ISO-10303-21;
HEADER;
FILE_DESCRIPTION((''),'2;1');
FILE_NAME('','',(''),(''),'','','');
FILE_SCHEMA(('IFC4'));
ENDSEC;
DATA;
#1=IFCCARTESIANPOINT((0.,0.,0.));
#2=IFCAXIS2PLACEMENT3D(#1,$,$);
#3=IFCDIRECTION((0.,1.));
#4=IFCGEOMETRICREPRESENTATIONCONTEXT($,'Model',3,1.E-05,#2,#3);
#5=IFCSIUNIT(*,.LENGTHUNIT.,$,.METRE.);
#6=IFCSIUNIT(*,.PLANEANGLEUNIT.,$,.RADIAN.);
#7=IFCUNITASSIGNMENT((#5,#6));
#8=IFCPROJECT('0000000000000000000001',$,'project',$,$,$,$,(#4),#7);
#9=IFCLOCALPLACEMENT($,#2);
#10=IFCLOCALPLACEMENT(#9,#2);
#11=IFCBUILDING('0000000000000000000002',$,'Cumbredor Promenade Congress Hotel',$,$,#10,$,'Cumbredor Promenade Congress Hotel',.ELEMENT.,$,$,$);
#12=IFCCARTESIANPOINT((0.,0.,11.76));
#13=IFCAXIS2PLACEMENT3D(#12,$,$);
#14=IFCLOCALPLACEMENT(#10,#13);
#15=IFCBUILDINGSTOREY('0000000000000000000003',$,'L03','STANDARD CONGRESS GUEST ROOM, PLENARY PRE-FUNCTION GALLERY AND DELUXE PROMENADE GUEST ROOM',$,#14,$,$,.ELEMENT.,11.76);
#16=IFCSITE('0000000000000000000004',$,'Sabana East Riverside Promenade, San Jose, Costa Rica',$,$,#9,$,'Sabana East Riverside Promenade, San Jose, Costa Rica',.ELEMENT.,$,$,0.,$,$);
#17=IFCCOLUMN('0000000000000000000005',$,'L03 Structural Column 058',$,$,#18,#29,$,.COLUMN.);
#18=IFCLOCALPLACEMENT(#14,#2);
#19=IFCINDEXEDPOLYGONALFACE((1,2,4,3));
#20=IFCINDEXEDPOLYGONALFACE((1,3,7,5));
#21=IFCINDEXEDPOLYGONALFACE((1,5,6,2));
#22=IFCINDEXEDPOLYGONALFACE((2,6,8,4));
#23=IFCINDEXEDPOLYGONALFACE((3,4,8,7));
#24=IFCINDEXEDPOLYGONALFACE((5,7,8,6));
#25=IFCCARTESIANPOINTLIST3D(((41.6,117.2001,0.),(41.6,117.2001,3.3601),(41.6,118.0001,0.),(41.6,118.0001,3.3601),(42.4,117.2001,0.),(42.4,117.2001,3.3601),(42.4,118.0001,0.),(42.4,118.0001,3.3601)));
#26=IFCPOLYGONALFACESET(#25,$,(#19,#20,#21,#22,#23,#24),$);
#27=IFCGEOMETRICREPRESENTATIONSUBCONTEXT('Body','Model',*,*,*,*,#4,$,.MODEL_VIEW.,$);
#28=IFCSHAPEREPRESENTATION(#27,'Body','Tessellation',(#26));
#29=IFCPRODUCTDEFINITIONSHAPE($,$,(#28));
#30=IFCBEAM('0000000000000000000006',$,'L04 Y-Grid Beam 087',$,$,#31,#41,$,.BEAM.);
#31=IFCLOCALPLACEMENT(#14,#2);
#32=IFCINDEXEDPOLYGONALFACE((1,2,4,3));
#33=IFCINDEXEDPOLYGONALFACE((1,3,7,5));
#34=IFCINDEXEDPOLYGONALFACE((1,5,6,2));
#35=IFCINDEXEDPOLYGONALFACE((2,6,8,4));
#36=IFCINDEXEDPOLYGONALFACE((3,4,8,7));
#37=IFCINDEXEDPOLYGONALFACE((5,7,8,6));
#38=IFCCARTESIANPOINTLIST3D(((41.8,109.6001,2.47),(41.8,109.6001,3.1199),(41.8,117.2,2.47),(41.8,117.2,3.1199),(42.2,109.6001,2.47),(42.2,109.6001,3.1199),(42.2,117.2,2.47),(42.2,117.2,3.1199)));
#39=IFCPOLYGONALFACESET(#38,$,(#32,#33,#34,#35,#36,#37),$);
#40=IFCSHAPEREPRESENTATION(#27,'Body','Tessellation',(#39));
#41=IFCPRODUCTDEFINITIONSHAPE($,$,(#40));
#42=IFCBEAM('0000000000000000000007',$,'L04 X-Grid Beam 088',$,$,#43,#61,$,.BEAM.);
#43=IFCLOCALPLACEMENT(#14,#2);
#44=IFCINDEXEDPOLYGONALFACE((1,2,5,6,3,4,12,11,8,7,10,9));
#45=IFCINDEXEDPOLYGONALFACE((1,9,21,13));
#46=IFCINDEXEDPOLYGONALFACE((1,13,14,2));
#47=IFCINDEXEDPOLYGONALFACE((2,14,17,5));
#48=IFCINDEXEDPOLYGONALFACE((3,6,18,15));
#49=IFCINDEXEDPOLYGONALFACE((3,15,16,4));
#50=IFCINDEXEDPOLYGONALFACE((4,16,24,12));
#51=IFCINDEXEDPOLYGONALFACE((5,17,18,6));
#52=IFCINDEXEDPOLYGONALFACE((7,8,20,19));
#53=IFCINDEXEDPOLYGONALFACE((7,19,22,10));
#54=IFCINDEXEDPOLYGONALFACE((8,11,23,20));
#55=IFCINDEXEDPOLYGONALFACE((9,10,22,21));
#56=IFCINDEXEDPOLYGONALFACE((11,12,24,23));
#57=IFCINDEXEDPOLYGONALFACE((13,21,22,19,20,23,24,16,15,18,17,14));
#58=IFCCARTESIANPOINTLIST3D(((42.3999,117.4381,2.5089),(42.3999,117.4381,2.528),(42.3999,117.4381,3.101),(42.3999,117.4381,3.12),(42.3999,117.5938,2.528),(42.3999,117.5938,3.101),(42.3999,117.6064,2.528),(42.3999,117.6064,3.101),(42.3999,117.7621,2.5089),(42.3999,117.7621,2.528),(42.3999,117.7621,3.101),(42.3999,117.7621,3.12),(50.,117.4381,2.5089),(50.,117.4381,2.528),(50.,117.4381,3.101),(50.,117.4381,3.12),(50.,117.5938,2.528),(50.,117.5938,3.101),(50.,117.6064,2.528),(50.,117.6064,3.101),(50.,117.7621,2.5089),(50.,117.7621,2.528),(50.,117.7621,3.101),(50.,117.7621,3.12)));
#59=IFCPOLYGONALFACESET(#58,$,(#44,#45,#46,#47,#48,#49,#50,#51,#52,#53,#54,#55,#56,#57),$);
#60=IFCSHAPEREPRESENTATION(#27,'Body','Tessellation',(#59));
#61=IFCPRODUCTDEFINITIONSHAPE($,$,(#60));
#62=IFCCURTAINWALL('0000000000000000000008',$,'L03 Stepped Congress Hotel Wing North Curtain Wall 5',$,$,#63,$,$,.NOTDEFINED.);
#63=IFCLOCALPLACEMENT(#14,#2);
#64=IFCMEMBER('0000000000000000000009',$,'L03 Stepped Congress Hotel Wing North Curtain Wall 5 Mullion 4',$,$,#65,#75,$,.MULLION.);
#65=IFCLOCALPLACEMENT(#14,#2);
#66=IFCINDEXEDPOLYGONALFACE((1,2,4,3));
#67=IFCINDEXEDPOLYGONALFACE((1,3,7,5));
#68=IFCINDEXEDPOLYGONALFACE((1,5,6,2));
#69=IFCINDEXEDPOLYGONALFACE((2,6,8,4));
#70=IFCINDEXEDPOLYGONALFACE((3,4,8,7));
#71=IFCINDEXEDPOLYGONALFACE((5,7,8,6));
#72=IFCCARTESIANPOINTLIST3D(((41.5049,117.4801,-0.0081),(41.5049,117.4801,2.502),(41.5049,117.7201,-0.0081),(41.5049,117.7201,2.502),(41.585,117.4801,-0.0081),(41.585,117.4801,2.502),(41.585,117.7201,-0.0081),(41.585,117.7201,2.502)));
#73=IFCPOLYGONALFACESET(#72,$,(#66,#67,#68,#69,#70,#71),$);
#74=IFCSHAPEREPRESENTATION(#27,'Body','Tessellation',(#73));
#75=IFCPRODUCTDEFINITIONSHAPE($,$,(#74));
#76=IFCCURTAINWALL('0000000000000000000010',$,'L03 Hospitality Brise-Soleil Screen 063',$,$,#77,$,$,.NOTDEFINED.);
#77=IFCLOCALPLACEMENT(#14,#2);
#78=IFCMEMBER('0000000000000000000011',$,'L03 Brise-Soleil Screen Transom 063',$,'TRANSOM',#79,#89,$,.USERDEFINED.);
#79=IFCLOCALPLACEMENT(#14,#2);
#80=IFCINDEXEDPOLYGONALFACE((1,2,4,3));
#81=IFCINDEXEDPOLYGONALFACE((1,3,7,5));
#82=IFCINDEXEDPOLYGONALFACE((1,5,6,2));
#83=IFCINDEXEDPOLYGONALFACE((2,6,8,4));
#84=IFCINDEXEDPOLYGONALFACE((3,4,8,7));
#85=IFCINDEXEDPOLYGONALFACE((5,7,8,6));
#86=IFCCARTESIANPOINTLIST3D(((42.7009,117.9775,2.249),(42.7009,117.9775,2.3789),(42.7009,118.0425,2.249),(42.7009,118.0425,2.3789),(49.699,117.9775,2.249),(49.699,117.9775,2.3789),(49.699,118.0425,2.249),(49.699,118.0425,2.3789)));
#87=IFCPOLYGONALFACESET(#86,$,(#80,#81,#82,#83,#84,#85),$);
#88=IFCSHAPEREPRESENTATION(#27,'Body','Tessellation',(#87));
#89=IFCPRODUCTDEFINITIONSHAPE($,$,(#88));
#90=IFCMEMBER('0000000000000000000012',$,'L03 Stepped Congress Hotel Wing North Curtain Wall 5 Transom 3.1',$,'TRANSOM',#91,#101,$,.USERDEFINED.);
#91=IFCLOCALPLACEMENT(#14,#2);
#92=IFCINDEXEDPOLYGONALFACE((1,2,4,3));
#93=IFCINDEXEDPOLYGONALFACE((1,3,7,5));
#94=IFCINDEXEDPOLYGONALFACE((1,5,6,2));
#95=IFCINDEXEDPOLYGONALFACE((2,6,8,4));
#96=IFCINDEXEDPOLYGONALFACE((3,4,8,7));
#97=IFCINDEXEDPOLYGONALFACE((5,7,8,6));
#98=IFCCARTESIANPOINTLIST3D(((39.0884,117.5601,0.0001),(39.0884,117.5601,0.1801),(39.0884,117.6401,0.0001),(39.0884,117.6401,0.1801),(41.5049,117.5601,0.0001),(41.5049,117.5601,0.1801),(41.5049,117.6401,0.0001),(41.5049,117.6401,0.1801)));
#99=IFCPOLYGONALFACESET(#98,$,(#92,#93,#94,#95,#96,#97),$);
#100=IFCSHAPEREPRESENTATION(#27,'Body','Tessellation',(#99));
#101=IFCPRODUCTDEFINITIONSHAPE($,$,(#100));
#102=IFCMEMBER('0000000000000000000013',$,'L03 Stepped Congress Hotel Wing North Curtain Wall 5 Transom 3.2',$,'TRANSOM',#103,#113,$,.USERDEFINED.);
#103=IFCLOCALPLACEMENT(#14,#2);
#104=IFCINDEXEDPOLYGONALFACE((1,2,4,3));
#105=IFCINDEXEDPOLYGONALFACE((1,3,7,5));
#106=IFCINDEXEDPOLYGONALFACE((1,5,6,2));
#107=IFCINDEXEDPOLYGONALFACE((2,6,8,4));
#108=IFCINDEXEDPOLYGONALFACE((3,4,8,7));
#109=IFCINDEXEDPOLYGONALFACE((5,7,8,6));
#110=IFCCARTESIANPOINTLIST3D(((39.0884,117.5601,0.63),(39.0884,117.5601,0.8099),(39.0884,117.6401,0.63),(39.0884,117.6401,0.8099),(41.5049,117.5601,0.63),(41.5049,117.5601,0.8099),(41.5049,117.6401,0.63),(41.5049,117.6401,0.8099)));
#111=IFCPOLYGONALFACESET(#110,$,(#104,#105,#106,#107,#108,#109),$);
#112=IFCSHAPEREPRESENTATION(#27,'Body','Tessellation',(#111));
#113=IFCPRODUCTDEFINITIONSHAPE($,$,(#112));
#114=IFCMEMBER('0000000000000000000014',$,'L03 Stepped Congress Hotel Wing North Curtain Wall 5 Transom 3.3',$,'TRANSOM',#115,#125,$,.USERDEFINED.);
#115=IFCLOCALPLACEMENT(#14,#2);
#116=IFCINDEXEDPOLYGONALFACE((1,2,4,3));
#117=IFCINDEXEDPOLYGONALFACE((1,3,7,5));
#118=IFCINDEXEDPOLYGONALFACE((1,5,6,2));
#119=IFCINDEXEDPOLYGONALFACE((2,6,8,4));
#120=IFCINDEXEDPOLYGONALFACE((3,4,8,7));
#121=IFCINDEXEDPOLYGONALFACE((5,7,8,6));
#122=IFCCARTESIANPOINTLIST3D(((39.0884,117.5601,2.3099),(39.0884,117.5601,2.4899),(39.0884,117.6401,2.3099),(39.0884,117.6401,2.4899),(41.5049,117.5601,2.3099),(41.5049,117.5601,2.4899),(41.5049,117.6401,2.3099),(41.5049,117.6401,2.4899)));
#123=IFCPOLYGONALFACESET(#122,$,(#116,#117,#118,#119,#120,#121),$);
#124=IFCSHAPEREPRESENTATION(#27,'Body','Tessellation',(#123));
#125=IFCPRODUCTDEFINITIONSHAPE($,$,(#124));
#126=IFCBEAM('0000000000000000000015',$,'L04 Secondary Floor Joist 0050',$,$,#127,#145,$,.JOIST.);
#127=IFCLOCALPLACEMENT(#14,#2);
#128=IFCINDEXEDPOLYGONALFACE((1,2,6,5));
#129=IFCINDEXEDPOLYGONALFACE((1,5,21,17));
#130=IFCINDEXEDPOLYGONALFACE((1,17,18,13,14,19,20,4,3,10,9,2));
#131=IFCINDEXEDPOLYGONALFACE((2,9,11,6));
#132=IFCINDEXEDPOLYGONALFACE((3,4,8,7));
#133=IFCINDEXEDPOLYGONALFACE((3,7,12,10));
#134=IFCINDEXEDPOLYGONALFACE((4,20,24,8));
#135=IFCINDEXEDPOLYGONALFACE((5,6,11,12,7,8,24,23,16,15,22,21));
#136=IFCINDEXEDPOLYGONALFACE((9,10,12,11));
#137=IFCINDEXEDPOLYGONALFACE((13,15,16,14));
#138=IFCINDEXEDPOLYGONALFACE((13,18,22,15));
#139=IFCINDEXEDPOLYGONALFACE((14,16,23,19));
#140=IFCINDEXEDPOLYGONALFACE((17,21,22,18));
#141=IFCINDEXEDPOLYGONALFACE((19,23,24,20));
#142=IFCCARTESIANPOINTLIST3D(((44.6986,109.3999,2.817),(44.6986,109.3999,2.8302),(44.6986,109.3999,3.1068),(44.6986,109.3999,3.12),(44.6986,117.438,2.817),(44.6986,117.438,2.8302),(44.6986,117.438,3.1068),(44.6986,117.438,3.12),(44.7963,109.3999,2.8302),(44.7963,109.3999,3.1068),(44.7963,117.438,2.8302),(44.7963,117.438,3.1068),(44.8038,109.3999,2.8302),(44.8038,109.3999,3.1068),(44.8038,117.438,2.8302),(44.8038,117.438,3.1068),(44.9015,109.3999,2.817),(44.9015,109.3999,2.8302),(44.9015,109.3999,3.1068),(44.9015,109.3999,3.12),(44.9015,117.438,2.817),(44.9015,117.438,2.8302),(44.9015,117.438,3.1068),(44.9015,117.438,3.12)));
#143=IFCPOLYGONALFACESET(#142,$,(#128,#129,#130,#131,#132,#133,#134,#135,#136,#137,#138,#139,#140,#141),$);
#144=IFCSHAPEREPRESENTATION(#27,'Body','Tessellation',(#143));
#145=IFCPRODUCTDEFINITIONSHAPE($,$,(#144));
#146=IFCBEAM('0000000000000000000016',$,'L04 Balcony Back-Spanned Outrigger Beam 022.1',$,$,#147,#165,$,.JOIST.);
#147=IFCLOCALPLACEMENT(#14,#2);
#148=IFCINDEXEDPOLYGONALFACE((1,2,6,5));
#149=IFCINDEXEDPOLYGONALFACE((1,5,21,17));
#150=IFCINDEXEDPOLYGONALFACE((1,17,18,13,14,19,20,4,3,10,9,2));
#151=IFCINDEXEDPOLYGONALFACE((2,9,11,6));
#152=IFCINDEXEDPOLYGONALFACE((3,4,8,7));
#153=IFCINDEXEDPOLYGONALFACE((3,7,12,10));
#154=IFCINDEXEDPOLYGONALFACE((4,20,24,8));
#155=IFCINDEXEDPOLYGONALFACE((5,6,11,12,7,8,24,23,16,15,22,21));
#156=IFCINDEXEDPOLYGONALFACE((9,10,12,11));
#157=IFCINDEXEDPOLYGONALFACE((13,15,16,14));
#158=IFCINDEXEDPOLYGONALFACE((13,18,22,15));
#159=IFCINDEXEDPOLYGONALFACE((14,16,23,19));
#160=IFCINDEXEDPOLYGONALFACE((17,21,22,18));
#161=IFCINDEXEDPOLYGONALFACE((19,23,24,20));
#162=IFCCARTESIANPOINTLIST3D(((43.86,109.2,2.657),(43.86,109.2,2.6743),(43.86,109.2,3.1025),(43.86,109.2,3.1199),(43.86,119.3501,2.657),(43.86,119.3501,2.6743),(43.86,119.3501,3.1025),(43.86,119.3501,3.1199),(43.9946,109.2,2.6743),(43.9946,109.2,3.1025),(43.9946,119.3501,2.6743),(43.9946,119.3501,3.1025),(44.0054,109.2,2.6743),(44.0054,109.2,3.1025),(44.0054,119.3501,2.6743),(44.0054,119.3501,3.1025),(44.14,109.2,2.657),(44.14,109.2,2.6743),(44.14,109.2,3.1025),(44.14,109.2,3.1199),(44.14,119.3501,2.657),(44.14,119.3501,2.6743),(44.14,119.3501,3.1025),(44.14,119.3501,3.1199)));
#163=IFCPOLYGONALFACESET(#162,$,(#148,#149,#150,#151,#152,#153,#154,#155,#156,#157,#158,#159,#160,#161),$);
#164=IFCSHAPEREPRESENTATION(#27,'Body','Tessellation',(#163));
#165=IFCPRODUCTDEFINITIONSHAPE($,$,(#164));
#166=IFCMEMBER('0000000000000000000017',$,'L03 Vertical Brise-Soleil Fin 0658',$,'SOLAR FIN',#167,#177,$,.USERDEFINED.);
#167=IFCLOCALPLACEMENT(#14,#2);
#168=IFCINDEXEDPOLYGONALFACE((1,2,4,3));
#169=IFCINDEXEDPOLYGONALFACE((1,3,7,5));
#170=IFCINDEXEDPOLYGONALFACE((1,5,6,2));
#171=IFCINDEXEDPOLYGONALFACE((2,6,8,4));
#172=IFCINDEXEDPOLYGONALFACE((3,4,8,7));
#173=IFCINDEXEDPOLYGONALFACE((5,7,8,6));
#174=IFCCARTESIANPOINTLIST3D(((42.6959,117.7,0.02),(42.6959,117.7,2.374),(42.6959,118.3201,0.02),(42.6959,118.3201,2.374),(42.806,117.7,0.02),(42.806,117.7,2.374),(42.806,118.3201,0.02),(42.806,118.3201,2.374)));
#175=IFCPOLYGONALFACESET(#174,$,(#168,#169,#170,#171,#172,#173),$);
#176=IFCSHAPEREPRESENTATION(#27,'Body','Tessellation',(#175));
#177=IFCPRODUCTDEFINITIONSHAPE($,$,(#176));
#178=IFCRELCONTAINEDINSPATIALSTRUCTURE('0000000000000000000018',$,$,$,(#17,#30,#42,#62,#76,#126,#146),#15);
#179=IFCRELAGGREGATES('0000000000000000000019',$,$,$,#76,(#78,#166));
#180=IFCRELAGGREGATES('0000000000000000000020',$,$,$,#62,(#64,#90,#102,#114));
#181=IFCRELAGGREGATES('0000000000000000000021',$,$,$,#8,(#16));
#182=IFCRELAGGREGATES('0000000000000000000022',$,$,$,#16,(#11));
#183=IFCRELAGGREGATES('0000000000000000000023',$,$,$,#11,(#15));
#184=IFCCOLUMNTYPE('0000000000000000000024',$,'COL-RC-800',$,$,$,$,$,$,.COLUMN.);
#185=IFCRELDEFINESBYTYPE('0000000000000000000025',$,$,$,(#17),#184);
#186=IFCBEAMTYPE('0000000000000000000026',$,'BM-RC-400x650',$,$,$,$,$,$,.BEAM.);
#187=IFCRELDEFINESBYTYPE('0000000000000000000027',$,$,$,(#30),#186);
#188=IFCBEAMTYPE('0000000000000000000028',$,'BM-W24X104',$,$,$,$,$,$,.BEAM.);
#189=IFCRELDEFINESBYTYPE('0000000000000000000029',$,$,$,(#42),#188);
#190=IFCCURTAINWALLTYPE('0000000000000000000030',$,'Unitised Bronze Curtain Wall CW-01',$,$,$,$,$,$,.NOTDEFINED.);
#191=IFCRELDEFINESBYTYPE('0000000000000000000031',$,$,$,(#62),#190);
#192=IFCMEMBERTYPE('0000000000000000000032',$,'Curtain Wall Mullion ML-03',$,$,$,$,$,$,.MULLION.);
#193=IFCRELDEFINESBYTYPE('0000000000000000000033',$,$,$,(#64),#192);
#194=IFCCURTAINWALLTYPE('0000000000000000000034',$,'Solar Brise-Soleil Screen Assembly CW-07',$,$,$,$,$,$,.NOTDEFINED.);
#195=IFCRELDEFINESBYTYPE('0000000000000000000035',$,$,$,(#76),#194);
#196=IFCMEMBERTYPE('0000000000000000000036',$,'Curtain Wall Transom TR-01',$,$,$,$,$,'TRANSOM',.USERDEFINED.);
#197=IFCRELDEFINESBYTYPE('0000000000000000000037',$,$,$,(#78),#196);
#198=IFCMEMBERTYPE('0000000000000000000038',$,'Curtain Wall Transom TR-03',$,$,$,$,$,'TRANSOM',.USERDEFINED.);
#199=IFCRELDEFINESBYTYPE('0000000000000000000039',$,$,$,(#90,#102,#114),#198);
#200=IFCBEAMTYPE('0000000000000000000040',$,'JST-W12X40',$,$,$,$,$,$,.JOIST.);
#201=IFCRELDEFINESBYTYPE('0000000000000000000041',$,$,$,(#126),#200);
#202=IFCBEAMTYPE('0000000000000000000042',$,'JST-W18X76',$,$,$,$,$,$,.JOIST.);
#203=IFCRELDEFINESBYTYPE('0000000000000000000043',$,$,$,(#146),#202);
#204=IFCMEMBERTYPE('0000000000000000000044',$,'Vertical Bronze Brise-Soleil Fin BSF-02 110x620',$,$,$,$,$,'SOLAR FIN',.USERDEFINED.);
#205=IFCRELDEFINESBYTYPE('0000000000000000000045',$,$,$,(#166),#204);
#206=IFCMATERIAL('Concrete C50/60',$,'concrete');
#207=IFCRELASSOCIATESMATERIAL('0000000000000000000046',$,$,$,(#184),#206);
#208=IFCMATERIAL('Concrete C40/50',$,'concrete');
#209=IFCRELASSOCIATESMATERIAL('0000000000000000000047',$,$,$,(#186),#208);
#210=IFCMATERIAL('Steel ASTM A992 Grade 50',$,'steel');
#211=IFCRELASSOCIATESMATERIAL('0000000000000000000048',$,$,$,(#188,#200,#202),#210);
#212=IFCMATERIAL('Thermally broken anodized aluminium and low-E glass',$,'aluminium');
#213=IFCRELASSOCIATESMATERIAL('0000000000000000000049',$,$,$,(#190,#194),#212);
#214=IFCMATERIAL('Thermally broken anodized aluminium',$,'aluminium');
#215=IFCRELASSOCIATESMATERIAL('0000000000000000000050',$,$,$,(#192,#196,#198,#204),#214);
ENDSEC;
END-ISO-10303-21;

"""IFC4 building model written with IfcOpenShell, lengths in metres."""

from ifc_helpers import new_model, si_unit, direction, frame, origin, origin_2d, place, context, subcontext, project, spatial, rectangle, i_section, extrude, material, material_profile, profile_set, type_object, element, aggregate, save


model = new_model("IFC4")

# Units and contexts
model_context = context("Model", 3, precision=1e-05, world=origin(), true_north=direction((0.0, 1.0)))
body_context = subcontext(model_context, "Body", "Model", "MODEL_VIEW")
ifc_project = project(units=[si_unit("LENGTHUNIT", "METRE"), si_unit("PLANEANGLEUNIT", "RADIAN")], contexts=[model_context])

# Site, building, storey
site_placement = place(None, origin())
site = spatial("IfcSite", under=ifc_project, at=site_placement, Name="Sabana East Riverside Promenade, San Jose, Costa Rica", LongName="Sabana East Riverside Promenade, San Jose, Costa Rica", CompositionType="ELEMENT", RefElevation=0.0)
building_placement = place(site_placement, origin())
building = spatial("IfcBuilding", under=site, at=building_placement, Name="Cumbredor Promenade Congress Hotel", LongName="Cumbredor Promenade Congress Hotel", CompositionType="ELEMENT")
storey_placement = place(building_placement, frame((0.0, 0.0, 11.76)))
storey = spatial("IfcBuildingStorey", under=building, at=storey_placement, Name="L03", Description="STANDARD CONGRESS GUEST ROOM, PLENARY PRE-FUNCTION GALLERY AND DELUXE PROMENADE GUEST ROOM", CompositionType="ELEMENT", Elevation=11.76)

# Column
ifc_material_1 = material(Name="Concrete C50/60", Category="concrete")
ifc_material_profile_1 = material_profile(ifc_material_1, rectangle(XDim=0.8, YDim=0.8, at=origin_2d()), Name="RC 800x800")
ifc_profile_set_1 = profile_set([ifc_material_profile_1], Name="Concrete C50/60")
column_type = type_object("IfcColumnType", Name="COL-RC-800", PredefinedType="COLUMN", material=ifc_profile_set_1)
column_placement = place(storey_placement, frame((42.0, 117.6001, 0.0), z_axis=(0.0, 0.0, 1.0), x_axis=(1.0, 0.0, 0.0)))
element("IfcColumn", 1, at=column_placement, inside=storey, type_object=column_type, Name="L03 Structural Column 058", PredefinedType="COLUMN", context=body_context, shape_type="SweptSolid", body=[
    extrude(rectangle(XDim=0.8, YDim=0.8, at=origin_2d()), origin(), (0.0, 0.0, 1.0), 3.3601),
])

# Beams
ifc_material_2 = material(Name="Concrete C40/50", Category="concrete")
ifc_material_profile_2 = material_profile(ifc_material_2, rectangle(XDim=0.3999, YDim=0.6499, at=origin_2d()), Name="RC BEAM 400x650")
ifc_profile_set_2 = profile_set([ifc_material_profile_2], Name="Concrete C40/50")
beam_type_1 = type_object("IfcBeamType", Name="BM-RC-400x650", PredefinedType="BEAM", material=ifc_profile_set_2)
beam_1_placement = place(storey_placement, frame((42.0, 109.6001, 2.7949), z_axis=(0.0, 1.0, 0.0), x_axis=(-1.0, 0.0, 0.0)))
element("IfcBeam", 2, at=beam_1_placement, inside=storey, type_object=beam_type_1, Name="L04 Y-Grid Beam 087", PredefinedType="BEAM", context=body_context, shape_type="SweptSolid", body=[
    extrude(rectangle(XDim=0.3999, YDim=0.6499, at=origin_2d()), origin(), (0.0, 0.0, 1.0), 7.5999),
])
ifc_material_3 = material(Name="Steel ASTM A992 Grade 50", Category="steel")
ifc_material_profile_3 = material_profile(ifc_material_3, i_section(OverallWidth=0.324, OverallDepth=0.6111, WebThickness=0.0127, FlangeThickness=0.019, at=origin_2d()), Name="W24X104")
ifc_profile_set_3 = profile_set([ifc_material_profile_3], Name="Steel ASTM A992 Grade 50")
beam_type_2 = type_object("IfcBeamType", Name="BM-W24X104", PredefinedType="BEAM", material=ifc_profile_set_3)
beam_2_placement = place(storey_placement, frame((42.3999, 117.6001, 2.8145), z_axis=(1.0, 0.0, 0.0), x_axis=(0.0, 1.0, 0.0)))
element("IfcBeam", 3, at=beam_2_placement, inside=storey, type_object=beam_type_2, Name="L04 X-Grid Beam 088", PredefinedType="BEAM", context=body_context, shape_type="SweptSolid", body=[
    extrude(i_section(OverallWidth=0.324, OverallDepth=0.6111, WebThickness=0.0127, FlangeThickness=0.019, at=origin_2d()), origin(), (0.0, 0.0, 1.0), 7.6001),
])

# Curtain walls, members
ifc_material_4 = material(Name="Thermally broken anodized aluminium and low-E glass", Category="aluminium")
curtain_wall_type_1 = type_object("IfcCurtainWallType", Name="Unitised Bronze Curtain Wall CW-01", PredefinedType="NOTDEFINED", material=ifc_material_4)
curtain_wall_1_placement = place(storey_placement, origin())
curtain_wall_1 = element("IfcCurtainWall", 4, at=curtain_wall_1_placement, inside=storey, type_object=curtain_wall_type_1, Name="L03 Stepped Congress Hotel Wing North Curtain Wall 5", PredefinedType="NOTDEFINED")
ifc_material_5 = material(Name="Thermally broken anodized aluminium", Category="aluminium")
ifc_material_profile_4 = material_profile(ifc_material_5, rectangle(XDim=0.0801, YDim=0.24, at=origin_2d()), Name="ALU MULLION 80x240")
ifc_profile_set_4 = profile_set([ifc_material_profile_4], Name="Thermally broken anodized aluminium")
member_type_1 = type_object("IfcMemberType", Name="Curtain Wall Mullion ML-03", PredefinedType="MULLION", material=ifc_profile_set_4)
member_1_placement = place(storey_placement, frame((41.5449, 117.6001, -0.0081), z_axis=(0.0, 0.0, 1.0), x_axis=(1.0, 0.0, 0.0)))
member_1 = element("IfcMember", 5, at=member_1_placement, type_object=member_type_1, Name="L03 Stepped Congress Hotel Wing North Curtain Wall 5 Mullion 4", PredefinedType="MULLION", context=body_context, shape_type="SweptSolid", body=[
    extrude(rectangle(XDim=0.0801, YDim=0.24, at=origin_2d()), origin(), (0.0, 0.0, 1.0), 2.51),
])
curtain_wall_type_2 = type_object("IfcCurtainWallType", Name="Solar Brise-Soleil Screen Assembly CW-07", PredefinedType="NOTDEFINED", material=ifc_material_4)
curtain_wall_2_placement = place(storey_placement, origin())
curtain_wall_2 = element("IfcCurtainWall", 6, at=curtain_wall_2_placement, inside=storey, type_object=curtain_wall_type_2, Name="L03 Hospitality Brise-Soleil Screen 063", PredefinedType="NOTDEFINED")
ifc_material_profile_5 = material_profile(ifc_material_5, rectangle(XDim=0.0649, YDim=0.1299, at=origin_2d()), Name="ALU TRANSOM 65x130")
ifc_profile_set_5 = profile_set([ifc_material_profile_5], Name="Thermally broken anodized aluminium")
member_type_2 = type_object("IfcMemberType", Name="Curtain Wall Transom TR-01", ElementType="TRANSOM", PredefinedType="USERDEFINED", material=ifc_profile_set_5)
member_2_placement = place(storey_placement, frame((42.7009, 118.01, 2.314), z_axis=(1.0, 0.0, 0.0), x_axis=(0.0, 1.0, 0.0)))
member_2 = element("IfcMember", 7, at=member_2_placement, type_object=member_type_2, Name="L03 Brise-Soleil Screen Transom 063", ObjectType="TRANSOM", PredefinedType="USERDEFINED", context=body_context, shape_type="SweptSolid", body=[
    extrude(rectangle(XDim=0.0649, YDim=0.1299, at=origin_2d()), origin(), (0.0, 0.0, 1.0), 6.998),
])

# Members
ifc_material_profile_6 = material_profile(ifc_material_5, rectangle(XDim=0.0801, YDim=0.1799, at=origin_2d()), Name="ALU TRANSOM 80x180")
ifc_profile_set_6 = profile_set([ifc_material_profile_6], Name="Thermally broken anodized aluminium")
member_type_3 = type_object("IfcMemberType", Name="Curtain Wall Transom TR-03", ElementType="TRANSOM", PredefinedType="USERDEFINED", material=ifc_profile_set_6)
member_3_placement = place(storey_placement, frame((39.0884, 117.6001, 0.0901), z_axis=(1.0, 0.0, 0.0), x_axis=(0.0, 1.0, 0.0)))
member_3 = element("IfcMember", 8, at=member_3_placement, type_object=member_type_3, Name="L03 Stepped Congress Hotel Wing North Curtain Wall 5 Transom 3.1", ObjectType="TRANSOM", PredefinedType="USERDEFINED", context=body_context, shape_type="SweptSolid", body=[
    extrude(rectangle(XDim=0.0801, YDim=0.1799, at=origin_2d()), origin(), (0.0, 0.0, 1.0), 2.4165),
])
member_4_placement = place(storey_placement, frame((39.0884, 117.6001, 0.72), z_axis=(1.0, 0.0, 0.0), x_axis=(0.0, 1.0, 0.0)))
member_4 = element("IfcMember", 9, at=member_4_placement, type_object=member_type_3, Name="L03 Stepped Congress Hotel Wing North Curtain Wall 5 Transom 3.2", ObjectType="TRANSOM", PredefinedType="USERDEFINED", context=body_context, shape_type="SweptSolid", body=[
    extrude(rectangle(XDim=0.0801, YDim=0.1799, at=origin_2d()), origin(), (0.0, 0.0, 1.0), 2.4165),
])
member_5_placement = place(storey_placement, frame((39.0884, 117.6001, 2.3999), z_axis=(1.0, 0.0, 0.0), x_axis=(0.0, 1.0, 0.0)))
member_5 = element("IfcMember", 10, at=member_5_placement, type_object=member_type_3, Name="L03 Stepped Congress Hotel Wing North Curtain Wall 5 Transom 3.3", ObjectType="TRANSOM", PredefinedType="USERDEFINED", context=body_context, shape_type="SweptSolid", body=[
    extrude(rectangle(XDim=0.0801, YDim=0.1799, at=origin_2d()), origin(), (0.0, 0.0, 1.0), 2.4165),
])

# Beams
ifc_material_profile_7 = material_profile(ifc_material_3, i_section(OverallWidth=0.2029, OverallDepth=0.303, WebThickness=0.0076, FlangeThickness=0.0132, at=origin_2d()), Name="W12X40")
ifc_profile_set_7 = profile_set([ifc_material_profile_7], Name="Steel ASTM A992 Grade 50")
beam_type_3 = type_object("IfcBeamType", Name="JST-W12X40", PredefinedType="JOIST", material=ifc_profile_set_7)
beam_3_placement = place(storey_placement, frame((44.8, 109.3999, 2.9685), z_axis=(0.0, 1.0, 0.0), x_axis=(-1.0, 0.0, 0.0)))
element("IfcBeam", 11, at=beam_3_placement, inside=storey, type_object=beam_type_3, Name="L04 Secondary Floor Joist 0050", PredefinedType="JOIST", context=body_context, shape_type="SweptSolid", body=[
    extrude(i_section(OverallWidth=0.2029, OverallDepth=0.303, WebThickness=0.0076, FlangeThickness=0.0132, at=origin_2d()), origin(), (0.0, 0.0, 1.0), 8.0381),
])
ifc_material_profile_8 = material_profile(ifc_material_3, i_section(OverallWidth=0.28, OverallDepth=0.4629, WebThickness=0.0107, FlangeThickness=0.0173, at=origin_2d()), Name="W18X76")
ifc_profile_set_8 = profile_set([ifc_material_profile_8], Name="Steel ASTM A992 Grade 50")
beam_type_4 = type_object("IfcBeamType", Name="JST-W18X76", PredefinedType="JOIST", material=ifc_profile_set_8)
beam_4_placement = place(storey_placement, frame((44.0, 109.2, 2.8884), z_axis=(0.0, 1.0, 0.0), x_axis=(-1.0, 0.0, 0.0)))
element("IfcBeam", 12, at=beam_4_placement, inside=storey, type_object=beam_type_4, Name="L04 Balcony Back-Spanned Outrigger Beam 022.1", PredefinedType="JOIST", context=body_context, shape_type="SweptSolid", body=[
    extrude(i_section(OverallWidth=0.28, OverallDepth=0.4629, WebThickness=0.0107, FlangeThickness=0.0173, at=origin_2d()), origin(), (0.0, 0.0, 1.0), 10.1501),
])

# Member
ifc_material_profile_9 = material_profile(ifc_material_5, rectangle(XDim=0.1101, YDim=0.6201, at=origin_2d()), Name="ARCH FIN 110x620")
ifc_profile_set_9 = profile_set([ifc_material_profile_9], Name="Thermally broken anodized aluminium")
member_type_4 = type_object("IfcMemberType", Name="Vertical Bronze Brise-Soleil Fin BSF-02 110x620", ElementType="SOLAR FIN", PredefinedType="USERDEFINED", material=ifc_profile_set_9)
member_6_placement = place(storey_placement, frame((42.751, 118.01, 0.02), z_axis=(0.0, 0.0, 1.0), x_axis=(1.0, 0.0, 0.0)))
member_6 = element("IfcMember", 13, at=member_6_placement, type_object=member_type_4, Name="L03 Vertical Brise-Soleil Fin 0658", ObjectType="SOLAR FIN", PredefinedType="USERDEFINED", context=body_context, shape_type="SweptSolid", body=[
    extrude(rectangle(XDim=0.1101, YDim=0.6201, at=origin_2d()), origin(), (0.0, 0.0, 1.0), 2.354),
])

aggregate(curtain_wall_2, [member_2, member_6])
aggregate(curtain_wall_1, [member_1, member_3, member_4, member_5])

save(model, "model.ifc")
